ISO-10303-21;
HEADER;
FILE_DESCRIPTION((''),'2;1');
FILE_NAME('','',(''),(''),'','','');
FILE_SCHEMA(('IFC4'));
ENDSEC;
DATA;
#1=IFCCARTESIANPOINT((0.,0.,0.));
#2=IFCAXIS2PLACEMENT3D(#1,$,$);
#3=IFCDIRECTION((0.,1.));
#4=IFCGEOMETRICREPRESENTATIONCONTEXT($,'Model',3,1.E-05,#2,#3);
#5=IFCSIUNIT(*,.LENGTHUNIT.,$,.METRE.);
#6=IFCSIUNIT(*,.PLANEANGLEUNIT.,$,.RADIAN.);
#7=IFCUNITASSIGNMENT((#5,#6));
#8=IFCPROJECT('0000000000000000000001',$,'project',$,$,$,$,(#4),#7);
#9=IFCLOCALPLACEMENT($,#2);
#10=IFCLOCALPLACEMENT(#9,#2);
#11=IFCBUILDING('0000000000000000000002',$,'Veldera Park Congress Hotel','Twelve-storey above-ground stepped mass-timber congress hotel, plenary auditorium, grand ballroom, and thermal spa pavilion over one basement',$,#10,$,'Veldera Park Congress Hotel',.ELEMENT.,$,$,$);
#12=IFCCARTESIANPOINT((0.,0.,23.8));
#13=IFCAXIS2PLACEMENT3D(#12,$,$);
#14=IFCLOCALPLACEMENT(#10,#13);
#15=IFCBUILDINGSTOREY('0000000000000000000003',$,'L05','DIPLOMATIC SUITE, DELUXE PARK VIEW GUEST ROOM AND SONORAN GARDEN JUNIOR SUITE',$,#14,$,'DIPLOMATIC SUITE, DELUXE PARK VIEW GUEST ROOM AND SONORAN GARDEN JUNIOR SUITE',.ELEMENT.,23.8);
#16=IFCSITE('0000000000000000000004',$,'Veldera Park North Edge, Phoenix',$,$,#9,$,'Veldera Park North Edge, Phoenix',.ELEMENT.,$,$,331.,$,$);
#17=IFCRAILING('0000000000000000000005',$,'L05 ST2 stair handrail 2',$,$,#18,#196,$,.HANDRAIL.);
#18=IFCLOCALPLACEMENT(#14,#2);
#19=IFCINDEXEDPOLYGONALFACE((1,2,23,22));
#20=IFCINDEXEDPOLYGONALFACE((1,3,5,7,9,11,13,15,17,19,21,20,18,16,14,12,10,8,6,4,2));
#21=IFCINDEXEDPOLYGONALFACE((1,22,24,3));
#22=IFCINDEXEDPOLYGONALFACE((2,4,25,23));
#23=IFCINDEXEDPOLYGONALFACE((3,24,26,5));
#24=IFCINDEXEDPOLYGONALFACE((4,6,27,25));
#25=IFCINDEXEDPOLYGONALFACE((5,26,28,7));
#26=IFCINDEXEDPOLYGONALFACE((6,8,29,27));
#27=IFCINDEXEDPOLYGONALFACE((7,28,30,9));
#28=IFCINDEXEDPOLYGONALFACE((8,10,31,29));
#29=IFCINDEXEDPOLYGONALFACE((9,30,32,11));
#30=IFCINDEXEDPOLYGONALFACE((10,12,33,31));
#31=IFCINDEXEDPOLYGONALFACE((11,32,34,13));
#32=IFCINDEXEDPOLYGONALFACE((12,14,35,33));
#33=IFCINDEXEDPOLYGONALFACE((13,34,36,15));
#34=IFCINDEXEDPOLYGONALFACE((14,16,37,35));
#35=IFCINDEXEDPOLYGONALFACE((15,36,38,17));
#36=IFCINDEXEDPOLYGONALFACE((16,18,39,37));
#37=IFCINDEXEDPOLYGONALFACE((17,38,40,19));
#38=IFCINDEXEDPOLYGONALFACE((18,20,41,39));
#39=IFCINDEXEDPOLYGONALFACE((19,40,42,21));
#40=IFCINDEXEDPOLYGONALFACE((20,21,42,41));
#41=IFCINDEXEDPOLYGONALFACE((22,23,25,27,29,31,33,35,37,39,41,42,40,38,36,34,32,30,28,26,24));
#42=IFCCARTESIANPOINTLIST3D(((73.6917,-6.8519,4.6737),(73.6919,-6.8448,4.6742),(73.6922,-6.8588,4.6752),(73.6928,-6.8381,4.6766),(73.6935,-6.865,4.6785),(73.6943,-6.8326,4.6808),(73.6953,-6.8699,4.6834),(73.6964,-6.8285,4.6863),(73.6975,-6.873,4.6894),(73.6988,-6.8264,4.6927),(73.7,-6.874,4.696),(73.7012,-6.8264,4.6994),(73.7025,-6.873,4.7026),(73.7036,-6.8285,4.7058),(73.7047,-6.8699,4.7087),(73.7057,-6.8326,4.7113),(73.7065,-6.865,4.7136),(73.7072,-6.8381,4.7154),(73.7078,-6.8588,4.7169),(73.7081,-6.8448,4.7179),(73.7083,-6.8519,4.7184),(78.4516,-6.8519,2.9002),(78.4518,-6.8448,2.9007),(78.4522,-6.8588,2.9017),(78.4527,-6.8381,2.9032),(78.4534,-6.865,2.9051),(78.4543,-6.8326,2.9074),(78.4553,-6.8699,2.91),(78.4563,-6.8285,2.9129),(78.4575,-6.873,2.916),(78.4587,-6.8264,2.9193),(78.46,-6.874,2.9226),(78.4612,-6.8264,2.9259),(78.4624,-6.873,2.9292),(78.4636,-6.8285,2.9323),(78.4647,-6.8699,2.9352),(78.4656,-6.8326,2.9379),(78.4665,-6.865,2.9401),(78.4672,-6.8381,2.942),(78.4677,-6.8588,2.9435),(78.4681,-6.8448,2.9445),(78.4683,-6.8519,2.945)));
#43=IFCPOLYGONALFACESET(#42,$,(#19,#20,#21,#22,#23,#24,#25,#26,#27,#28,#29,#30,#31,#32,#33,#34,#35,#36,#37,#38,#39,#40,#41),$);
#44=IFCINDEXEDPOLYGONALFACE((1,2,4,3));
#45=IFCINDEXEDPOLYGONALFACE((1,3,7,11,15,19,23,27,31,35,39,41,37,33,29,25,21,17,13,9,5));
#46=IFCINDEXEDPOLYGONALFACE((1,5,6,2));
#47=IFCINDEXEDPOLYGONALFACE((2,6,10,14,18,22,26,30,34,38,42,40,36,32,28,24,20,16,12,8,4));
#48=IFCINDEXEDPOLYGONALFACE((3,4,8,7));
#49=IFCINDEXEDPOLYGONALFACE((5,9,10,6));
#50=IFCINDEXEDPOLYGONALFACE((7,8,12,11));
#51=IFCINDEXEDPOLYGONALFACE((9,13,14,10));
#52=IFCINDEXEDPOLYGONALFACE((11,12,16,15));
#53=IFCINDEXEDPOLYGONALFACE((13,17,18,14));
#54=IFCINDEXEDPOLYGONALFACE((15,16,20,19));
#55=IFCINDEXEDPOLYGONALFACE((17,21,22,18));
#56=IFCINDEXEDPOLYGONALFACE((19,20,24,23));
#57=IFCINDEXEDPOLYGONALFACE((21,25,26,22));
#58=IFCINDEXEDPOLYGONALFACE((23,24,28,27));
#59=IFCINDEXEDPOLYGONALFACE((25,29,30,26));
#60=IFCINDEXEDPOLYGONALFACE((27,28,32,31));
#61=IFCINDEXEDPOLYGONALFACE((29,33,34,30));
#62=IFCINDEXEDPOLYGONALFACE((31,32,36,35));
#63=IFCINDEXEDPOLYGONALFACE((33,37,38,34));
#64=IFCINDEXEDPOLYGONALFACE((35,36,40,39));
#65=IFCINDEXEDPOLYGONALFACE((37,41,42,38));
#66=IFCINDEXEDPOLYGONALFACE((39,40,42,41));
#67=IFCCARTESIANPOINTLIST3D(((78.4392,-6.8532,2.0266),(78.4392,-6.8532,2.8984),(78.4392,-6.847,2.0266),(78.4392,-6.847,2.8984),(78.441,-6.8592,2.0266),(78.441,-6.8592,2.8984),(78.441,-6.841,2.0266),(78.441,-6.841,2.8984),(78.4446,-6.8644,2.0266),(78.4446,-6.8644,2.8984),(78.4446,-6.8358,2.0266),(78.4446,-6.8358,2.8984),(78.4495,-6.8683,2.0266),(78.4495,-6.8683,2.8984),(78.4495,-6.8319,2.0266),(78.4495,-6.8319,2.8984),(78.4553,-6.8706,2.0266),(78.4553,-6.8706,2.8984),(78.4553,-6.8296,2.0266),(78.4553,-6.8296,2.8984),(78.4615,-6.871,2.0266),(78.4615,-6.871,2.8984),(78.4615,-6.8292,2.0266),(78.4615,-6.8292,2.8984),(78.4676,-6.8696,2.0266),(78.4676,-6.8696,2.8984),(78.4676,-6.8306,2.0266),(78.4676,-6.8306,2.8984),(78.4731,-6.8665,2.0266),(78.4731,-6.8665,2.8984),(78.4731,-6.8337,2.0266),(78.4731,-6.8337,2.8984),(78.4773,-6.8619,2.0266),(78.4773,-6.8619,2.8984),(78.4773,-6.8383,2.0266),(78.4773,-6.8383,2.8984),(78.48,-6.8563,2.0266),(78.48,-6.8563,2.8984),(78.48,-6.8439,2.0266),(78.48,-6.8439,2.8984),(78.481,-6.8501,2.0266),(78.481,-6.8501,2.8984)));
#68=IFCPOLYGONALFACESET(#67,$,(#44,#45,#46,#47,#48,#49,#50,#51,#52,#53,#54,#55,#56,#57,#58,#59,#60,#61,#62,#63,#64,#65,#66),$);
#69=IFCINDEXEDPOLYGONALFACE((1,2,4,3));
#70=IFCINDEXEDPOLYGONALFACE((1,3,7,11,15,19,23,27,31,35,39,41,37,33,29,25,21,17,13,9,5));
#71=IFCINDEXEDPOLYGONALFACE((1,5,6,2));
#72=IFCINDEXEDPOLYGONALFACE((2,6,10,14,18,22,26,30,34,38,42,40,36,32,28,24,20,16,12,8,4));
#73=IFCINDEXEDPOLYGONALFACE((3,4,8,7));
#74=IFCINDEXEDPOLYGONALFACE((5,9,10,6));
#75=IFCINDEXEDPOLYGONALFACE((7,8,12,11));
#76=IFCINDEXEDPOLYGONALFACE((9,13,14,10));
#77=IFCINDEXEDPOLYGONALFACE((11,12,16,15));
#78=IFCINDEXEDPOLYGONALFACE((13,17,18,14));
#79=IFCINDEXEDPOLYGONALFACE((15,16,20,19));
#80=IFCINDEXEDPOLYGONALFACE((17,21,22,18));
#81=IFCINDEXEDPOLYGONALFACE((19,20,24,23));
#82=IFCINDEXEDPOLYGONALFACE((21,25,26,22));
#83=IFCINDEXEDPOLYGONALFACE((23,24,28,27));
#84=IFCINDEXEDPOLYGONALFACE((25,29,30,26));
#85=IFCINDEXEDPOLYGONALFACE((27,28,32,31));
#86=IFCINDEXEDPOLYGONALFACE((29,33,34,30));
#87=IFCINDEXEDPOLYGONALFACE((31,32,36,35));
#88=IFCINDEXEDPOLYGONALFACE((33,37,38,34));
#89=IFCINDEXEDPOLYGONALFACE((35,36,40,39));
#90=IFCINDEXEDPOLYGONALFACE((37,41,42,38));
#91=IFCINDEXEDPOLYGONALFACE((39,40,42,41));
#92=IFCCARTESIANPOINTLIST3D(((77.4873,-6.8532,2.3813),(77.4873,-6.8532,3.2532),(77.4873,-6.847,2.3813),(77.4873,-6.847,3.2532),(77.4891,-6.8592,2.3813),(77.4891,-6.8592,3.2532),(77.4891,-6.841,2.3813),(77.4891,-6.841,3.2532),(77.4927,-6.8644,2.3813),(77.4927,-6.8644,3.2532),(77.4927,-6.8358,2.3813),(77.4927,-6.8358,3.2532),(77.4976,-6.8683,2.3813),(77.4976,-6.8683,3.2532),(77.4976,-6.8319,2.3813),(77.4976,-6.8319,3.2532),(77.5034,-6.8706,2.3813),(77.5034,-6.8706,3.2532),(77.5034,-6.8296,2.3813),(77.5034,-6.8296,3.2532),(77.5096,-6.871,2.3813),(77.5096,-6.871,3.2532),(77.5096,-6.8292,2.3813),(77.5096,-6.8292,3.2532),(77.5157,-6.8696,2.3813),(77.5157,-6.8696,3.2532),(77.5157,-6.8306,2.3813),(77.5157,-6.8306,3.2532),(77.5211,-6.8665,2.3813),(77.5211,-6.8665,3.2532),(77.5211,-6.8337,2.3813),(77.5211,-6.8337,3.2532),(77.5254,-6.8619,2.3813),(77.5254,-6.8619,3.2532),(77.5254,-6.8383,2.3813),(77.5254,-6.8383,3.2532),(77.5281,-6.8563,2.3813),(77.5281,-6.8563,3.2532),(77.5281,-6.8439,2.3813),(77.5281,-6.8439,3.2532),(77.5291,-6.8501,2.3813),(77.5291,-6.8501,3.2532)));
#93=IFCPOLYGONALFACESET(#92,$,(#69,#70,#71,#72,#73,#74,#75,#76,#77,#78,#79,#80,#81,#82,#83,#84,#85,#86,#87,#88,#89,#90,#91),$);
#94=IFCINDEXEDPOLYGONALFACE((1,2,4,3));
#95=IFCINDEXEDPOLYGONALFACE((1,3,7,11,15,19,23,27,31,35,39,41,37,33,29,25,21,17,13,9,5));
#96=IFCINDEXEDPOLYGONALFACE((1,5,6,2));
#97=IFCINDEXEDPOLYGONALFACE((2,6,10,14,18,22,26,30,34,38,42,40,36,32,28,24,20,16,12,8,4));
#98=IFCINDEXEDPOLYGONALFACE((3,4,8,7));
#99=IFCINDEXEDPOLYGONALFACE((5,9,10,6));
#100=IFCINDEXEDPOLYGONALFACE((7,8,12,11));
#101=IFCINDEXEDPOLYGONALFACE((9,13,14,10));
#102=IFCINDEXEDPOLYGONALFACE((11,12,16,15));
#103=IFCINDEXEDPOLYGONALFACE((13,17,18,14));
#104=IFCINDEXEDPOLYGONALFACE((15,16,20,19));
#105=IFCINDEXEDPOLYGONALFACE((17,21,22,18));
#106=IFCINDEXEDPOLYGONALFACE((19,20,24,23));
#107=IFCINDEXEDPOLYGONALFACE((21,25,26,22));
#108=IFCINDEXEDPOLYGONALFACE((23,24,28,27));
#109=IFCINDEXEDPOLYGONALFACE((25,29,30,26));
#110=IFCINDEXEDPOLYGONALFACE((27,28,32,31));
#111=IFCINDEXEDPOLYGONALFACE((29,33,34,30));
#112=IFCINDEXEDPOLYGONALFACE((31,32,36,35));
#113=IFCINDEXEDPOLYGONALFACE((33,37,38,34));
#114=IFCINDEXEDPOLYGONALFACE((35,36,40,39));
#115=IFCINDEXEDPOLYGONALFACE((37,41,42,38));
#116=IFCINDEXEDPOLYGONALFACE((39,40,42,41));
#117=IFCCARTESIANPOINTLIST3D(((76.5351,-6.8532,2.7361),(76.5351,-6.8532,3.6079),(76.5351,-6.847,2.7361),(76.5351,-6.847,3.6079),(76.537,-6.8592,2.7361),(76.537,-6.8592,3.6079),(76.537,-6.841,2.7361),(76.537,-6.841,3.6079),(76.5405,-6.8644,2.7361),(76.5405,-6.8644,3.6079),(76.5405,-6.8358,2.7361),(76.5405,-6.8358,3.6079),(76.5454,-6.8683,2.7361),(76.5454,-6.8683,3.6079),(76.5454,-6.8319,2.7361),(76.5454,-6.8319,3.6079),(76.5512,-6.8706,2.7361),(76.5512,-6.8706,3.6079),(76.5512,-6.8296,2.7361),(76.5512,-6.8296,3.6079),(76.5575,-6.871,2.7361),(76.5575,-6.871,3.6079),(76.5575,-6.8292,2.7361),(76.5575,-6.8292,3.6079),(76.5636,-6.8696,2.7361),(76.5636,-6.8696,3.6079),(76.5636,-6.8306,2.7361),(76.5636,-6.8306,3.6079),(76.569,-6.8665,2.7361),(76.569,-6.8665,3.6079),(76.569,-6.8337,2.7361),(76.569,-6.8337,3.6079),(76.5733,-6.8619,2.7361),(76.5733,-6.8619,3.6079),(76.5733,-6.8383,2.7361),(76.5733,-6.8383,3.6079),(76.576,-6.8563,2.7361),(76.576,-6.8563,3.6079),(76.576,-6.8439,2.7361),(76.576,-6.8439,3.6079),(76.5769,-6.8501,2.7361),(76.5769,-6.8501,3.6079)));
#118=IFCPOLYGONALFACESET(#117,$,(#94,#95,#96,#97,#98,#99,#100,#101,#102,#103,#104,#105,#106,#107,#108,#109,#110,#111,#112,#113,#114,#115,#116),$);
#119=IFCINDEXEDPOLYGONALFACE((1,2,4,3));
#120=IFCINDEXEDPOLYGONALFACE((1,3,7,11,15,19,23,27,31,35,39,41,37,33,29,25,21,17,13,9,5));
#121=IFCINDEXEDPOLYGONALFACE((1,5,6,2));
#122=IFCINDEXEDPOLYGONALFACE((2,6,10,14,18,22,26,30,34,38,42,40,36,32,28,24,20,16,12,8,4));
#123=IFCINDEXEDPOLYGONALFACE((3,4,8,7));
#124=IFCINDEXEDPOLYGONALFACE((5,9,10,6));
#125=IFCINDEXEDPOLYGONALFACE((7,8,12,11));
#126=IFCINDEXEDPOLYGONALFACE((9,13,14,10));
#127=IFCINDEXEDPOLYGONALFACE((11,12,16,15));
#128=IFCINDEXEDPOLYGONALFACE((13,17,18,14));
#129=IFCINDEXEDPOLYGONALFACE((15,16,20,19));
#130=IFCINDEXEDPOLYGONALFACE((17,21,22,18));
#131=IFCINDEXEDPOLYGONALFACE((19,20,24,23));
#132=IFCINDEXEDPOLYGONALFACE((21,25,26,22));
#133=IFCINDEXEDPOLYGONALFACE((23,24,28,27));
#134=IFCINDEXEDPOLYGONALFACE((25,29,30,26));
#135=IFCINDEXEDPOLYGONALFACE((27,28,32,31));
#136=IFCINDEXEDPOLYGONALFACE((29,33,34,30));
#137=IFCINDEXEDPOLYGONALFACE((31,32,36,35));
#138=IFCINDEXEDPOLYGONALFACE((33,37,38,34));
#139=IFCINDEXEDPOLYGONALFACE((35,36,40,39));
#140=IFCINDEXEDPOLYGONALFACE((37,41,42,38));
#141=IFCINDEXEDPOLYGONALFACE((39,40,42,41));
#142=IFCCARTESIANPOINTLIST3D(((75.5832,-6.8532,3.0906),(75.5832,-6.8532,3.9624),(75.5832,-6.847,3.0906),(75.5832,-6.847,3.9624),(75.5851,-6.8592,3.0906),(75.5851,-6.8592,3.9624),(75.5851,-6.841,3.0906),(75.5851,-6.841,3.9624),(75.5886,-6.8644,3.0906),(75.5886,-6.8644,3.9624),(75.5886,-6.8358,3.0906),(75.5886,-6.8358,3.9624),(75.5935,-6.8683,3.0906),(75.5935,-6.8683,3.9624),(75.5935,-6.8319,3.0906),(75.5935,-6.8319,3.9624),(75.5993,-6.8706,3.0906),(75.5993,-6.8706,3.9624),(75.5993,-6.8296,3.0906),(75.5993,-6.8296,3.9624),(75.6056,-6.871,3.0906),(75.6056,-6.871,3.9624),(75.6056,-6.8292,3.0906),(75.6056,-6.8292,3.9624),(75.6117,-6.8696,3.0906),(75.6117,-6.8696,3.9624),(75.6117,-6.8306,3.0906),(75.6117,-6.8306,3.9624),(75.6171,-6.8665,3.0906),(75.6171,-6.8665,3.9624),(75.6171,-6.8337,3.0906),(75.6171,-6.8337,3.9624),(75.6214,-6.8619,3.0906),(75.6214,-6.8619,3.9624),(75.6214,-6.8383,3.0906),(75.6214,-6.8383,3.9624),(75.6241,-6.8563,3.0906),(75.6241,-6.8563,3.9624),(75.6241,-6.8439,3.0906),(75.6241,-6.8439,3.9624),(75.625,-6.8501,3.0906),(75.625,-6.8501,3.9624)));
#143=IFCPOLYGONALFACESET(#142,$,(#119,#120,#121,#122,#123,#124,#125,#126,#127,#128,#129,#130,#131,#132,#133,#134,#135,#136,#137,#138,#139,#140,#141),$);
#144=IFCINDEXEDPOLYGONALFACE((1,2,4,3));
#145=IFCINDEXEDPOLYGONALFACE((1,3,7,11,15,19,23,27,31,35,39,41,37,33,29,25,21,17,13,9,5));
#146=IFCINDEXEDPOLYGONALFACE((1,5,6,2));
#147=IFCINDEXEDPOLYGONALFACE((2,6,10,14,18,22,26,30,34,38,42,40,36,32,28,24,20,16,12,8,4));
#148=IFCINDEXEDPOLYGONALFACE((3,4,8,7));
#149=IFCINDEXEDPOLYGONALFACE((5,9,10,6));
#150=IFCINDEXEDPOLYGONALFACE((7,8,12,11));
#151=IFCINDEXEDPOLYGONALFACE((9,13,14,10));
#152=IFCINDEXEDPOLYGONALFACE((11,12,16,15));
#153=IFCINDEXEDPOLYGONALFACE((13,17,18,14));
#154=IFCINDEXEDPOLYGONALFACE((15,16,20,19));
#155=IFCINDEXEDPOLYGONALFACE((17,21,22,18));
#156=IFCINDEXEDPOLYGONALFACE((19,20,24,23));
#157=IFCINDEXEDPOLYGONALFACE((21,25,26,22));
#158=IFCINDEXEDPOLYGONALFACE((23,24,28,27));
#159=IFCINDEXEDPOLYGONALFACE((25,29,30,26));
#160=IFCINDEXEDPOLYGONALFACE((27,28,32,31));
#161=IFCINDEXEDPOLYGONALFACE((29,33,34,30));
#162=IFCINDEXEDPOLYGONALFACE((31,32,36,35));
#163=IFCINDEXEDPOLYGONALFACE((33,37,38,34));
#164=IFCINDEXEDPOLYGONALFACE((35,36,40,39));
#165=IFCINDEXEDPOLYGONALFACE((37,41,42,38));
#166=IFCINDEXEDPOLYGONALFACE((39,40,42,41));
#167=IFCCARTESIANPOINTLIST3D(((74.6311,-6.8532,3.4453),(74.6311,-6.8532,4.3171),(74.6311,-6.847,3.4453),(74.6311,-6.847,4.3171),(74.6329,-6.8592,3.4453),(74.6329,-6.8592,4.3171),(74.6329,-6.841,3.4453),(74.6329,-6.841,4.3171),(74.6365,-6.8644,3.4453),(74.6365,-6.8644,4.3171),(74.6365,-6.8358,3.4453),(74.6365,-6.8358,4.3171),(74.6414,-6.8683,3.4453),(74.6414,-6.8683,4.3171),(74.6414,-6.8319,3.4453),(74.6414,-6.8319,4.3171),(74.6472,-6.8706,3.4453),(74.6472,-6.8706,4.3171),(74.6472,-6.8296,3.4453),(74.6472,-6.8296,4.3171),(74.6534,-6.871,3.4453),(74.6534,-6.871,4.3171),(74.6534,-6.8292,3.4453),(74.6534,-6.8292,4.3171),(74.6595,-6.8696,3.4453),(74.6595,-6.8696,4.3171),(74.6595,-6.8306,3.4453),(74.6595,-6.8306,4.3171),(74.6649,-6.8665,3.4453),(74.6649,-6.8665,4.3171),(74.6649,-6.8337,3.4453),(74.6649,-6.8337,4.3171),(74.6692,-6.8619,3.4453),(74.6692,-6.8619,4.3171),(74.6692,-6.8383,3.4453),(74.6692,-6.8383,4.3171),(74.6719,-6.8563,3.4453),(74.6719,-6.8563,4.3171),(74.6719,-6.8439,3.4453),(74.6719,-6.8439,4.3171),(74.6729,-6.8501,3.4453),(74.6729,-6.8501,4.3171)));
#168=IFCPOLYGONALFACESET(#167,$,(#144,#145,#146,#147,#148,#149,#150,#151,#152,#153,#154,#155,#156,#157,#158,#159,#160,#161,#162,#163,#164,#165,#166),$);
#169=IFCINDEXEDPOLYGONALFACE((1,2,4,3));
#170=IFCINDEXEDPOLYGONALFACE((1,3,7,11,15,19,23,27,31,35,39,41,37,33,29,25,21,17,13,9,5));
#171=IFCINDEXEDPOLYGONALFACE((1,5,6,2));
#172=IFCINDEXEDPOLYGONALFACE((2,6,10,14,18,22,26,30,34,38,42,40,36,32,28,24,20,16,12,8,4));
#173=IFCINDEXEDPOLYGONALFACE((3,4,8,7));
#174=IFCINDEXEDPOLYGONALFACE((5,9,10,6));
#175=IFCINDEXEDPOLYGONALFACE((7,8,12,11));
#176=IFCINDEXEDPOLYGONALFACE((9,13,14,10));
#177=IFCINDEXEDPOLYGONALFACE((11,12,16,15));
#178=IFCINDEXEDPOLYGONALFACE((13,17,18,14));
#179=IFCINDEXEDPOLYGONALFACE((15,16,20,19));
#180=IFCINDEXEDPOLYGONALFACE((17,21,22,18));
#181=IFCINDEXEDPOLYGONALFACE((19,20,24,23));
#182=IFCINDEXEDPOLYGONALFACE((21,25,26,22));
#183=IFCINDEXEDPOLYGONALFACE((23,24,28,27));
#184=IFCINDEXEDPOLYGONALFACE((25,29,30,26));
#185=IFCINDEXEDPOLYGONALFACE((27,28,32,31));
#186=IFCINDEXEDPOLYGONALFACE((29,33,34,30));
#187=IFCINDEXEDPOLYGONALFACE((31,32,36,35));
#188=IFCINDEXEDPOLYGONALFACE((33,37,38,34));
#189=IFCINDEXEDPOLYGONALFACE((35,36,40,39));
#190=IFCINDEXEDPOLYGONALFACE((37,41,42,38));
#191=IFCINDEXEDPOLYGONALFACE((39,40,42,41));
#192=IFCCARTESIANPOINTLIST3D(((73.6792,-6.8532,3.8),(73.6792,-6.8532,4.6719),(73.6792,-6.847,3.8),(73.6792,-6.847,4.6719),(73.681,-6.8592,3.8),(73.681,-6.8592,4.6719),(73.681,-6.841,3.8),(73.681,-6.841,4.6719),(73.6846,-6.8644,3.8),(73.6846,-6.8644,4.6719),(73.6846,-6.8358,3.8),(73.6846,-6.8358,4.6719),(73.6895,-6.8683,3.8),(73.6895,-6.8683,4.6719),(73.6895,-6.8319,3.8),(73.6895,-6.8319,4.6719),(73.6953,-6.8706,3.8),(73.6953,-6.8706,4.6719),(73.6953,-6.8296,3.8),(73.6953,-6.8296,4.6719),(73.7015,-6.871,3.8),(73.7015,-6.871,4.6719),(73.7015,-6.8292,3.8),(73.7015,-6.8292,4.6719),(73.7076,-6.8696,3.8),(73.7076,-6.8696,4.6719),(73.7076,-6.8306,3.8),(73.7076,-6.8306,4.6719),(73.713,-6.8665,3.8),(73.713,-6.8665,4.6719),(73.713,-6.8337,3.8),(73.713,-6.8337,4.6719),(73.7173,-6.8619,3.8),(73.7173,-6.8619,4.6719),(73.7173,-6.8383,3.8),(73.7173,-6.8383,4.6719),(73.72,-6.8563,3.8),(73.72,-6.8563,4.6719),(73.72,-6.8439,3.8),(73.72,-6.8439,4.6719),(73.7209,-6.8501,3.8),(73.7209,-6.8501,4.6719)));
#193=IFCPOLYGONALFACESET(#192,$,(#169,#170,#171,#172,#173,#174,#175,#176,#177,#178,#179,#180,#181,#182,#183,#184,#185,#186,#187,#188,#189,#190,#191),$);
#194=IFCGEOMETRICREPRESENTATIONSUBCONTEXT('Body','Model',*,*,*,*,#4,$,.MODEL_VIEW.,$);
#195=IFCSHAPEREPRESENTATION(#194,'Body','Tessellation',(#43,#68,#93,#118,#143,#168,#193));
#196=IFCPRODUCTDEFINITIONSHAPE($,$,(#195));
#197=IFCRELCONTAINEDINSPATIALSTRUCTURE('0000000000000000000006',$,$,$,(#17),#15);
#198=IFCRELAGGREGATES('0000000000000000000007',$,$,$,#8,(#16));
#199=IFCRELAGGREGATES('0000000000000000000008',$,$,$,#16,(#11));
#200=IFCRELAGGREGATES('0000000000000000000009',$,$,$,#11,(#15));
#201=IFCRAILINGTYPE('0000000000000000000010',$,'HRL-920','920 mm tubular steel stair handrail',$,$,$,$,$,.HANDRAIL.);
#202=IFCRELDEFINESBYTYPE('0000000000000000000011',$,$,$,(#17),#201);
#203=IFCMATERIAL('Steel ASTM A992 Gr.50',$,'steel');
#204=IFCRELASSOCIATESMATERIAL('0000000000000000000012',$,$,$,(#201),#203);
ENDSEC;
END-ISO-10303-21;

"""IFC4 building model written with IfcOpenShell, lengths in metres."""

from ifc_helpers import new_model, si_unit, direction, frame, origin, origin_2d, place, context, subcontext, project, spatial, circle, extrude, material, type_object, element, save


model = new_model("IFC4")

# Units and contexts
model_context = context("Model", 3, precision=1e-05, world=origin(), true_north=direction((0.0, 1.0)))
body_context = subcontext(model_context, "Body", "Model", "MODEL_VIEW")
ifc_project = project(units=[si_unit("LENGTHUNIT", "METRE"), si_unit("PLANEANGLEUNIT", "RADIAN")], contexts=[model_context])

# Site, building, storey
site_placement = place(None, origin())
site = spatial("IfcSite", under=ifc_project, at=site_placement, Name="Veldera Park North Edge, Phoenix", LongName="Veldera Park North Edge, Phoenix", CompositionType="ELEMENT", RefElevation=331.0)
building_placement = place(site_placement, origin())
building = spatial("IfcBuilding", under=site, at=building_placement, Name="Veldera Park Congress Hotel", Description="Twelve-storey above-ground stepped mass-timber congress hotel, plenary auditorium, grand ballroom, and thermal spa pavilion over one basement", LongName="Veldera Park Congress Hotel", CompositionType="ELEMENT")
storey_placement = place(building_placement, frame((0.0, 0.0, 23.8)))
storey = spatial("IfcBuildingStorey", under=building, at=storey_placement, Name="L05", Description="DIPLOMATIC SUITE, DELUXE PARK VIEW GUEST ROOM AND SONORAN GARDEN JUNIOR SUITE", LongName="DIPLOMATIC SUITE, DELUXE PARK VIEW GUEST ROOM AND SONORAN GARDEN JUNIOR SUITE", CompositionType="ELEMENT", Elevation=23.8)

# Railing
ifc_material_1 = material(Name="Steel ASTM A992 Gr.50", Category="steel")
railing_type_1 = type_object("IfcRailingType", Name="HRL-920", Description="920 mm tubular steel stair handrail", PredefinedType="HANDRAIL", material=ifc_material_1)
railing_1_placement = place(storey_placement, frame((78.46, -6.8501, 2.0266)))
element("IfcRailing", 1, at=railing_1_placement, inside=storey, type_object=railing_type_1, Name="L05 ST2 stair handrail 2", PredefinedType="HANDRAIL", context=body_context, shape_type="SweptSolid", body=[
    extrude(circle(Radius=0.0239, at=origin_2d()), frame((0.0, 0.0, 0.896), z_axis=(-0.937076, 0.0, 0.349126), x_axis=(0.0, -1.0, 0.0)), (0.0, 0.0, 1.0), 5.0796),
    extrude(circle(Radius=0.021, at=origin_2d()), origin(), (0.0, 0.0, 1.0), 0.8718),
    extrude(circle(Radius=0.021, at=origin_2d()), frame((-0.9519, 0.0, 0.3547)), (0.0, 0.0, 1.0), 0.8718),
    extrude(circle(Radius=0.021, at=origin_2d()), frame((-1.9041, 0.0, 0.7095)), (0.0, 0.0, 1.0), 0.8718),
    extrude(circle(Radius=0.021, at=origin_2d()), frame((-2.856, 0.0, 1.064)), (0.0, 0.0, 1.0), 0.8718),
    extrude(circle(Radius=0.021, at=origin_2d()), frame((-3.8081, 0.0, 1.4187)), (0.0, 0.0, 1.0), 0.8718),
    extrude(circle(Radius=0.021, at=origin_2d()), frame((-4.76, 0.0, 1.7734)), (0.0, 0.0, 1.0), 0.8718),
])

save(model, "model.ifc")
